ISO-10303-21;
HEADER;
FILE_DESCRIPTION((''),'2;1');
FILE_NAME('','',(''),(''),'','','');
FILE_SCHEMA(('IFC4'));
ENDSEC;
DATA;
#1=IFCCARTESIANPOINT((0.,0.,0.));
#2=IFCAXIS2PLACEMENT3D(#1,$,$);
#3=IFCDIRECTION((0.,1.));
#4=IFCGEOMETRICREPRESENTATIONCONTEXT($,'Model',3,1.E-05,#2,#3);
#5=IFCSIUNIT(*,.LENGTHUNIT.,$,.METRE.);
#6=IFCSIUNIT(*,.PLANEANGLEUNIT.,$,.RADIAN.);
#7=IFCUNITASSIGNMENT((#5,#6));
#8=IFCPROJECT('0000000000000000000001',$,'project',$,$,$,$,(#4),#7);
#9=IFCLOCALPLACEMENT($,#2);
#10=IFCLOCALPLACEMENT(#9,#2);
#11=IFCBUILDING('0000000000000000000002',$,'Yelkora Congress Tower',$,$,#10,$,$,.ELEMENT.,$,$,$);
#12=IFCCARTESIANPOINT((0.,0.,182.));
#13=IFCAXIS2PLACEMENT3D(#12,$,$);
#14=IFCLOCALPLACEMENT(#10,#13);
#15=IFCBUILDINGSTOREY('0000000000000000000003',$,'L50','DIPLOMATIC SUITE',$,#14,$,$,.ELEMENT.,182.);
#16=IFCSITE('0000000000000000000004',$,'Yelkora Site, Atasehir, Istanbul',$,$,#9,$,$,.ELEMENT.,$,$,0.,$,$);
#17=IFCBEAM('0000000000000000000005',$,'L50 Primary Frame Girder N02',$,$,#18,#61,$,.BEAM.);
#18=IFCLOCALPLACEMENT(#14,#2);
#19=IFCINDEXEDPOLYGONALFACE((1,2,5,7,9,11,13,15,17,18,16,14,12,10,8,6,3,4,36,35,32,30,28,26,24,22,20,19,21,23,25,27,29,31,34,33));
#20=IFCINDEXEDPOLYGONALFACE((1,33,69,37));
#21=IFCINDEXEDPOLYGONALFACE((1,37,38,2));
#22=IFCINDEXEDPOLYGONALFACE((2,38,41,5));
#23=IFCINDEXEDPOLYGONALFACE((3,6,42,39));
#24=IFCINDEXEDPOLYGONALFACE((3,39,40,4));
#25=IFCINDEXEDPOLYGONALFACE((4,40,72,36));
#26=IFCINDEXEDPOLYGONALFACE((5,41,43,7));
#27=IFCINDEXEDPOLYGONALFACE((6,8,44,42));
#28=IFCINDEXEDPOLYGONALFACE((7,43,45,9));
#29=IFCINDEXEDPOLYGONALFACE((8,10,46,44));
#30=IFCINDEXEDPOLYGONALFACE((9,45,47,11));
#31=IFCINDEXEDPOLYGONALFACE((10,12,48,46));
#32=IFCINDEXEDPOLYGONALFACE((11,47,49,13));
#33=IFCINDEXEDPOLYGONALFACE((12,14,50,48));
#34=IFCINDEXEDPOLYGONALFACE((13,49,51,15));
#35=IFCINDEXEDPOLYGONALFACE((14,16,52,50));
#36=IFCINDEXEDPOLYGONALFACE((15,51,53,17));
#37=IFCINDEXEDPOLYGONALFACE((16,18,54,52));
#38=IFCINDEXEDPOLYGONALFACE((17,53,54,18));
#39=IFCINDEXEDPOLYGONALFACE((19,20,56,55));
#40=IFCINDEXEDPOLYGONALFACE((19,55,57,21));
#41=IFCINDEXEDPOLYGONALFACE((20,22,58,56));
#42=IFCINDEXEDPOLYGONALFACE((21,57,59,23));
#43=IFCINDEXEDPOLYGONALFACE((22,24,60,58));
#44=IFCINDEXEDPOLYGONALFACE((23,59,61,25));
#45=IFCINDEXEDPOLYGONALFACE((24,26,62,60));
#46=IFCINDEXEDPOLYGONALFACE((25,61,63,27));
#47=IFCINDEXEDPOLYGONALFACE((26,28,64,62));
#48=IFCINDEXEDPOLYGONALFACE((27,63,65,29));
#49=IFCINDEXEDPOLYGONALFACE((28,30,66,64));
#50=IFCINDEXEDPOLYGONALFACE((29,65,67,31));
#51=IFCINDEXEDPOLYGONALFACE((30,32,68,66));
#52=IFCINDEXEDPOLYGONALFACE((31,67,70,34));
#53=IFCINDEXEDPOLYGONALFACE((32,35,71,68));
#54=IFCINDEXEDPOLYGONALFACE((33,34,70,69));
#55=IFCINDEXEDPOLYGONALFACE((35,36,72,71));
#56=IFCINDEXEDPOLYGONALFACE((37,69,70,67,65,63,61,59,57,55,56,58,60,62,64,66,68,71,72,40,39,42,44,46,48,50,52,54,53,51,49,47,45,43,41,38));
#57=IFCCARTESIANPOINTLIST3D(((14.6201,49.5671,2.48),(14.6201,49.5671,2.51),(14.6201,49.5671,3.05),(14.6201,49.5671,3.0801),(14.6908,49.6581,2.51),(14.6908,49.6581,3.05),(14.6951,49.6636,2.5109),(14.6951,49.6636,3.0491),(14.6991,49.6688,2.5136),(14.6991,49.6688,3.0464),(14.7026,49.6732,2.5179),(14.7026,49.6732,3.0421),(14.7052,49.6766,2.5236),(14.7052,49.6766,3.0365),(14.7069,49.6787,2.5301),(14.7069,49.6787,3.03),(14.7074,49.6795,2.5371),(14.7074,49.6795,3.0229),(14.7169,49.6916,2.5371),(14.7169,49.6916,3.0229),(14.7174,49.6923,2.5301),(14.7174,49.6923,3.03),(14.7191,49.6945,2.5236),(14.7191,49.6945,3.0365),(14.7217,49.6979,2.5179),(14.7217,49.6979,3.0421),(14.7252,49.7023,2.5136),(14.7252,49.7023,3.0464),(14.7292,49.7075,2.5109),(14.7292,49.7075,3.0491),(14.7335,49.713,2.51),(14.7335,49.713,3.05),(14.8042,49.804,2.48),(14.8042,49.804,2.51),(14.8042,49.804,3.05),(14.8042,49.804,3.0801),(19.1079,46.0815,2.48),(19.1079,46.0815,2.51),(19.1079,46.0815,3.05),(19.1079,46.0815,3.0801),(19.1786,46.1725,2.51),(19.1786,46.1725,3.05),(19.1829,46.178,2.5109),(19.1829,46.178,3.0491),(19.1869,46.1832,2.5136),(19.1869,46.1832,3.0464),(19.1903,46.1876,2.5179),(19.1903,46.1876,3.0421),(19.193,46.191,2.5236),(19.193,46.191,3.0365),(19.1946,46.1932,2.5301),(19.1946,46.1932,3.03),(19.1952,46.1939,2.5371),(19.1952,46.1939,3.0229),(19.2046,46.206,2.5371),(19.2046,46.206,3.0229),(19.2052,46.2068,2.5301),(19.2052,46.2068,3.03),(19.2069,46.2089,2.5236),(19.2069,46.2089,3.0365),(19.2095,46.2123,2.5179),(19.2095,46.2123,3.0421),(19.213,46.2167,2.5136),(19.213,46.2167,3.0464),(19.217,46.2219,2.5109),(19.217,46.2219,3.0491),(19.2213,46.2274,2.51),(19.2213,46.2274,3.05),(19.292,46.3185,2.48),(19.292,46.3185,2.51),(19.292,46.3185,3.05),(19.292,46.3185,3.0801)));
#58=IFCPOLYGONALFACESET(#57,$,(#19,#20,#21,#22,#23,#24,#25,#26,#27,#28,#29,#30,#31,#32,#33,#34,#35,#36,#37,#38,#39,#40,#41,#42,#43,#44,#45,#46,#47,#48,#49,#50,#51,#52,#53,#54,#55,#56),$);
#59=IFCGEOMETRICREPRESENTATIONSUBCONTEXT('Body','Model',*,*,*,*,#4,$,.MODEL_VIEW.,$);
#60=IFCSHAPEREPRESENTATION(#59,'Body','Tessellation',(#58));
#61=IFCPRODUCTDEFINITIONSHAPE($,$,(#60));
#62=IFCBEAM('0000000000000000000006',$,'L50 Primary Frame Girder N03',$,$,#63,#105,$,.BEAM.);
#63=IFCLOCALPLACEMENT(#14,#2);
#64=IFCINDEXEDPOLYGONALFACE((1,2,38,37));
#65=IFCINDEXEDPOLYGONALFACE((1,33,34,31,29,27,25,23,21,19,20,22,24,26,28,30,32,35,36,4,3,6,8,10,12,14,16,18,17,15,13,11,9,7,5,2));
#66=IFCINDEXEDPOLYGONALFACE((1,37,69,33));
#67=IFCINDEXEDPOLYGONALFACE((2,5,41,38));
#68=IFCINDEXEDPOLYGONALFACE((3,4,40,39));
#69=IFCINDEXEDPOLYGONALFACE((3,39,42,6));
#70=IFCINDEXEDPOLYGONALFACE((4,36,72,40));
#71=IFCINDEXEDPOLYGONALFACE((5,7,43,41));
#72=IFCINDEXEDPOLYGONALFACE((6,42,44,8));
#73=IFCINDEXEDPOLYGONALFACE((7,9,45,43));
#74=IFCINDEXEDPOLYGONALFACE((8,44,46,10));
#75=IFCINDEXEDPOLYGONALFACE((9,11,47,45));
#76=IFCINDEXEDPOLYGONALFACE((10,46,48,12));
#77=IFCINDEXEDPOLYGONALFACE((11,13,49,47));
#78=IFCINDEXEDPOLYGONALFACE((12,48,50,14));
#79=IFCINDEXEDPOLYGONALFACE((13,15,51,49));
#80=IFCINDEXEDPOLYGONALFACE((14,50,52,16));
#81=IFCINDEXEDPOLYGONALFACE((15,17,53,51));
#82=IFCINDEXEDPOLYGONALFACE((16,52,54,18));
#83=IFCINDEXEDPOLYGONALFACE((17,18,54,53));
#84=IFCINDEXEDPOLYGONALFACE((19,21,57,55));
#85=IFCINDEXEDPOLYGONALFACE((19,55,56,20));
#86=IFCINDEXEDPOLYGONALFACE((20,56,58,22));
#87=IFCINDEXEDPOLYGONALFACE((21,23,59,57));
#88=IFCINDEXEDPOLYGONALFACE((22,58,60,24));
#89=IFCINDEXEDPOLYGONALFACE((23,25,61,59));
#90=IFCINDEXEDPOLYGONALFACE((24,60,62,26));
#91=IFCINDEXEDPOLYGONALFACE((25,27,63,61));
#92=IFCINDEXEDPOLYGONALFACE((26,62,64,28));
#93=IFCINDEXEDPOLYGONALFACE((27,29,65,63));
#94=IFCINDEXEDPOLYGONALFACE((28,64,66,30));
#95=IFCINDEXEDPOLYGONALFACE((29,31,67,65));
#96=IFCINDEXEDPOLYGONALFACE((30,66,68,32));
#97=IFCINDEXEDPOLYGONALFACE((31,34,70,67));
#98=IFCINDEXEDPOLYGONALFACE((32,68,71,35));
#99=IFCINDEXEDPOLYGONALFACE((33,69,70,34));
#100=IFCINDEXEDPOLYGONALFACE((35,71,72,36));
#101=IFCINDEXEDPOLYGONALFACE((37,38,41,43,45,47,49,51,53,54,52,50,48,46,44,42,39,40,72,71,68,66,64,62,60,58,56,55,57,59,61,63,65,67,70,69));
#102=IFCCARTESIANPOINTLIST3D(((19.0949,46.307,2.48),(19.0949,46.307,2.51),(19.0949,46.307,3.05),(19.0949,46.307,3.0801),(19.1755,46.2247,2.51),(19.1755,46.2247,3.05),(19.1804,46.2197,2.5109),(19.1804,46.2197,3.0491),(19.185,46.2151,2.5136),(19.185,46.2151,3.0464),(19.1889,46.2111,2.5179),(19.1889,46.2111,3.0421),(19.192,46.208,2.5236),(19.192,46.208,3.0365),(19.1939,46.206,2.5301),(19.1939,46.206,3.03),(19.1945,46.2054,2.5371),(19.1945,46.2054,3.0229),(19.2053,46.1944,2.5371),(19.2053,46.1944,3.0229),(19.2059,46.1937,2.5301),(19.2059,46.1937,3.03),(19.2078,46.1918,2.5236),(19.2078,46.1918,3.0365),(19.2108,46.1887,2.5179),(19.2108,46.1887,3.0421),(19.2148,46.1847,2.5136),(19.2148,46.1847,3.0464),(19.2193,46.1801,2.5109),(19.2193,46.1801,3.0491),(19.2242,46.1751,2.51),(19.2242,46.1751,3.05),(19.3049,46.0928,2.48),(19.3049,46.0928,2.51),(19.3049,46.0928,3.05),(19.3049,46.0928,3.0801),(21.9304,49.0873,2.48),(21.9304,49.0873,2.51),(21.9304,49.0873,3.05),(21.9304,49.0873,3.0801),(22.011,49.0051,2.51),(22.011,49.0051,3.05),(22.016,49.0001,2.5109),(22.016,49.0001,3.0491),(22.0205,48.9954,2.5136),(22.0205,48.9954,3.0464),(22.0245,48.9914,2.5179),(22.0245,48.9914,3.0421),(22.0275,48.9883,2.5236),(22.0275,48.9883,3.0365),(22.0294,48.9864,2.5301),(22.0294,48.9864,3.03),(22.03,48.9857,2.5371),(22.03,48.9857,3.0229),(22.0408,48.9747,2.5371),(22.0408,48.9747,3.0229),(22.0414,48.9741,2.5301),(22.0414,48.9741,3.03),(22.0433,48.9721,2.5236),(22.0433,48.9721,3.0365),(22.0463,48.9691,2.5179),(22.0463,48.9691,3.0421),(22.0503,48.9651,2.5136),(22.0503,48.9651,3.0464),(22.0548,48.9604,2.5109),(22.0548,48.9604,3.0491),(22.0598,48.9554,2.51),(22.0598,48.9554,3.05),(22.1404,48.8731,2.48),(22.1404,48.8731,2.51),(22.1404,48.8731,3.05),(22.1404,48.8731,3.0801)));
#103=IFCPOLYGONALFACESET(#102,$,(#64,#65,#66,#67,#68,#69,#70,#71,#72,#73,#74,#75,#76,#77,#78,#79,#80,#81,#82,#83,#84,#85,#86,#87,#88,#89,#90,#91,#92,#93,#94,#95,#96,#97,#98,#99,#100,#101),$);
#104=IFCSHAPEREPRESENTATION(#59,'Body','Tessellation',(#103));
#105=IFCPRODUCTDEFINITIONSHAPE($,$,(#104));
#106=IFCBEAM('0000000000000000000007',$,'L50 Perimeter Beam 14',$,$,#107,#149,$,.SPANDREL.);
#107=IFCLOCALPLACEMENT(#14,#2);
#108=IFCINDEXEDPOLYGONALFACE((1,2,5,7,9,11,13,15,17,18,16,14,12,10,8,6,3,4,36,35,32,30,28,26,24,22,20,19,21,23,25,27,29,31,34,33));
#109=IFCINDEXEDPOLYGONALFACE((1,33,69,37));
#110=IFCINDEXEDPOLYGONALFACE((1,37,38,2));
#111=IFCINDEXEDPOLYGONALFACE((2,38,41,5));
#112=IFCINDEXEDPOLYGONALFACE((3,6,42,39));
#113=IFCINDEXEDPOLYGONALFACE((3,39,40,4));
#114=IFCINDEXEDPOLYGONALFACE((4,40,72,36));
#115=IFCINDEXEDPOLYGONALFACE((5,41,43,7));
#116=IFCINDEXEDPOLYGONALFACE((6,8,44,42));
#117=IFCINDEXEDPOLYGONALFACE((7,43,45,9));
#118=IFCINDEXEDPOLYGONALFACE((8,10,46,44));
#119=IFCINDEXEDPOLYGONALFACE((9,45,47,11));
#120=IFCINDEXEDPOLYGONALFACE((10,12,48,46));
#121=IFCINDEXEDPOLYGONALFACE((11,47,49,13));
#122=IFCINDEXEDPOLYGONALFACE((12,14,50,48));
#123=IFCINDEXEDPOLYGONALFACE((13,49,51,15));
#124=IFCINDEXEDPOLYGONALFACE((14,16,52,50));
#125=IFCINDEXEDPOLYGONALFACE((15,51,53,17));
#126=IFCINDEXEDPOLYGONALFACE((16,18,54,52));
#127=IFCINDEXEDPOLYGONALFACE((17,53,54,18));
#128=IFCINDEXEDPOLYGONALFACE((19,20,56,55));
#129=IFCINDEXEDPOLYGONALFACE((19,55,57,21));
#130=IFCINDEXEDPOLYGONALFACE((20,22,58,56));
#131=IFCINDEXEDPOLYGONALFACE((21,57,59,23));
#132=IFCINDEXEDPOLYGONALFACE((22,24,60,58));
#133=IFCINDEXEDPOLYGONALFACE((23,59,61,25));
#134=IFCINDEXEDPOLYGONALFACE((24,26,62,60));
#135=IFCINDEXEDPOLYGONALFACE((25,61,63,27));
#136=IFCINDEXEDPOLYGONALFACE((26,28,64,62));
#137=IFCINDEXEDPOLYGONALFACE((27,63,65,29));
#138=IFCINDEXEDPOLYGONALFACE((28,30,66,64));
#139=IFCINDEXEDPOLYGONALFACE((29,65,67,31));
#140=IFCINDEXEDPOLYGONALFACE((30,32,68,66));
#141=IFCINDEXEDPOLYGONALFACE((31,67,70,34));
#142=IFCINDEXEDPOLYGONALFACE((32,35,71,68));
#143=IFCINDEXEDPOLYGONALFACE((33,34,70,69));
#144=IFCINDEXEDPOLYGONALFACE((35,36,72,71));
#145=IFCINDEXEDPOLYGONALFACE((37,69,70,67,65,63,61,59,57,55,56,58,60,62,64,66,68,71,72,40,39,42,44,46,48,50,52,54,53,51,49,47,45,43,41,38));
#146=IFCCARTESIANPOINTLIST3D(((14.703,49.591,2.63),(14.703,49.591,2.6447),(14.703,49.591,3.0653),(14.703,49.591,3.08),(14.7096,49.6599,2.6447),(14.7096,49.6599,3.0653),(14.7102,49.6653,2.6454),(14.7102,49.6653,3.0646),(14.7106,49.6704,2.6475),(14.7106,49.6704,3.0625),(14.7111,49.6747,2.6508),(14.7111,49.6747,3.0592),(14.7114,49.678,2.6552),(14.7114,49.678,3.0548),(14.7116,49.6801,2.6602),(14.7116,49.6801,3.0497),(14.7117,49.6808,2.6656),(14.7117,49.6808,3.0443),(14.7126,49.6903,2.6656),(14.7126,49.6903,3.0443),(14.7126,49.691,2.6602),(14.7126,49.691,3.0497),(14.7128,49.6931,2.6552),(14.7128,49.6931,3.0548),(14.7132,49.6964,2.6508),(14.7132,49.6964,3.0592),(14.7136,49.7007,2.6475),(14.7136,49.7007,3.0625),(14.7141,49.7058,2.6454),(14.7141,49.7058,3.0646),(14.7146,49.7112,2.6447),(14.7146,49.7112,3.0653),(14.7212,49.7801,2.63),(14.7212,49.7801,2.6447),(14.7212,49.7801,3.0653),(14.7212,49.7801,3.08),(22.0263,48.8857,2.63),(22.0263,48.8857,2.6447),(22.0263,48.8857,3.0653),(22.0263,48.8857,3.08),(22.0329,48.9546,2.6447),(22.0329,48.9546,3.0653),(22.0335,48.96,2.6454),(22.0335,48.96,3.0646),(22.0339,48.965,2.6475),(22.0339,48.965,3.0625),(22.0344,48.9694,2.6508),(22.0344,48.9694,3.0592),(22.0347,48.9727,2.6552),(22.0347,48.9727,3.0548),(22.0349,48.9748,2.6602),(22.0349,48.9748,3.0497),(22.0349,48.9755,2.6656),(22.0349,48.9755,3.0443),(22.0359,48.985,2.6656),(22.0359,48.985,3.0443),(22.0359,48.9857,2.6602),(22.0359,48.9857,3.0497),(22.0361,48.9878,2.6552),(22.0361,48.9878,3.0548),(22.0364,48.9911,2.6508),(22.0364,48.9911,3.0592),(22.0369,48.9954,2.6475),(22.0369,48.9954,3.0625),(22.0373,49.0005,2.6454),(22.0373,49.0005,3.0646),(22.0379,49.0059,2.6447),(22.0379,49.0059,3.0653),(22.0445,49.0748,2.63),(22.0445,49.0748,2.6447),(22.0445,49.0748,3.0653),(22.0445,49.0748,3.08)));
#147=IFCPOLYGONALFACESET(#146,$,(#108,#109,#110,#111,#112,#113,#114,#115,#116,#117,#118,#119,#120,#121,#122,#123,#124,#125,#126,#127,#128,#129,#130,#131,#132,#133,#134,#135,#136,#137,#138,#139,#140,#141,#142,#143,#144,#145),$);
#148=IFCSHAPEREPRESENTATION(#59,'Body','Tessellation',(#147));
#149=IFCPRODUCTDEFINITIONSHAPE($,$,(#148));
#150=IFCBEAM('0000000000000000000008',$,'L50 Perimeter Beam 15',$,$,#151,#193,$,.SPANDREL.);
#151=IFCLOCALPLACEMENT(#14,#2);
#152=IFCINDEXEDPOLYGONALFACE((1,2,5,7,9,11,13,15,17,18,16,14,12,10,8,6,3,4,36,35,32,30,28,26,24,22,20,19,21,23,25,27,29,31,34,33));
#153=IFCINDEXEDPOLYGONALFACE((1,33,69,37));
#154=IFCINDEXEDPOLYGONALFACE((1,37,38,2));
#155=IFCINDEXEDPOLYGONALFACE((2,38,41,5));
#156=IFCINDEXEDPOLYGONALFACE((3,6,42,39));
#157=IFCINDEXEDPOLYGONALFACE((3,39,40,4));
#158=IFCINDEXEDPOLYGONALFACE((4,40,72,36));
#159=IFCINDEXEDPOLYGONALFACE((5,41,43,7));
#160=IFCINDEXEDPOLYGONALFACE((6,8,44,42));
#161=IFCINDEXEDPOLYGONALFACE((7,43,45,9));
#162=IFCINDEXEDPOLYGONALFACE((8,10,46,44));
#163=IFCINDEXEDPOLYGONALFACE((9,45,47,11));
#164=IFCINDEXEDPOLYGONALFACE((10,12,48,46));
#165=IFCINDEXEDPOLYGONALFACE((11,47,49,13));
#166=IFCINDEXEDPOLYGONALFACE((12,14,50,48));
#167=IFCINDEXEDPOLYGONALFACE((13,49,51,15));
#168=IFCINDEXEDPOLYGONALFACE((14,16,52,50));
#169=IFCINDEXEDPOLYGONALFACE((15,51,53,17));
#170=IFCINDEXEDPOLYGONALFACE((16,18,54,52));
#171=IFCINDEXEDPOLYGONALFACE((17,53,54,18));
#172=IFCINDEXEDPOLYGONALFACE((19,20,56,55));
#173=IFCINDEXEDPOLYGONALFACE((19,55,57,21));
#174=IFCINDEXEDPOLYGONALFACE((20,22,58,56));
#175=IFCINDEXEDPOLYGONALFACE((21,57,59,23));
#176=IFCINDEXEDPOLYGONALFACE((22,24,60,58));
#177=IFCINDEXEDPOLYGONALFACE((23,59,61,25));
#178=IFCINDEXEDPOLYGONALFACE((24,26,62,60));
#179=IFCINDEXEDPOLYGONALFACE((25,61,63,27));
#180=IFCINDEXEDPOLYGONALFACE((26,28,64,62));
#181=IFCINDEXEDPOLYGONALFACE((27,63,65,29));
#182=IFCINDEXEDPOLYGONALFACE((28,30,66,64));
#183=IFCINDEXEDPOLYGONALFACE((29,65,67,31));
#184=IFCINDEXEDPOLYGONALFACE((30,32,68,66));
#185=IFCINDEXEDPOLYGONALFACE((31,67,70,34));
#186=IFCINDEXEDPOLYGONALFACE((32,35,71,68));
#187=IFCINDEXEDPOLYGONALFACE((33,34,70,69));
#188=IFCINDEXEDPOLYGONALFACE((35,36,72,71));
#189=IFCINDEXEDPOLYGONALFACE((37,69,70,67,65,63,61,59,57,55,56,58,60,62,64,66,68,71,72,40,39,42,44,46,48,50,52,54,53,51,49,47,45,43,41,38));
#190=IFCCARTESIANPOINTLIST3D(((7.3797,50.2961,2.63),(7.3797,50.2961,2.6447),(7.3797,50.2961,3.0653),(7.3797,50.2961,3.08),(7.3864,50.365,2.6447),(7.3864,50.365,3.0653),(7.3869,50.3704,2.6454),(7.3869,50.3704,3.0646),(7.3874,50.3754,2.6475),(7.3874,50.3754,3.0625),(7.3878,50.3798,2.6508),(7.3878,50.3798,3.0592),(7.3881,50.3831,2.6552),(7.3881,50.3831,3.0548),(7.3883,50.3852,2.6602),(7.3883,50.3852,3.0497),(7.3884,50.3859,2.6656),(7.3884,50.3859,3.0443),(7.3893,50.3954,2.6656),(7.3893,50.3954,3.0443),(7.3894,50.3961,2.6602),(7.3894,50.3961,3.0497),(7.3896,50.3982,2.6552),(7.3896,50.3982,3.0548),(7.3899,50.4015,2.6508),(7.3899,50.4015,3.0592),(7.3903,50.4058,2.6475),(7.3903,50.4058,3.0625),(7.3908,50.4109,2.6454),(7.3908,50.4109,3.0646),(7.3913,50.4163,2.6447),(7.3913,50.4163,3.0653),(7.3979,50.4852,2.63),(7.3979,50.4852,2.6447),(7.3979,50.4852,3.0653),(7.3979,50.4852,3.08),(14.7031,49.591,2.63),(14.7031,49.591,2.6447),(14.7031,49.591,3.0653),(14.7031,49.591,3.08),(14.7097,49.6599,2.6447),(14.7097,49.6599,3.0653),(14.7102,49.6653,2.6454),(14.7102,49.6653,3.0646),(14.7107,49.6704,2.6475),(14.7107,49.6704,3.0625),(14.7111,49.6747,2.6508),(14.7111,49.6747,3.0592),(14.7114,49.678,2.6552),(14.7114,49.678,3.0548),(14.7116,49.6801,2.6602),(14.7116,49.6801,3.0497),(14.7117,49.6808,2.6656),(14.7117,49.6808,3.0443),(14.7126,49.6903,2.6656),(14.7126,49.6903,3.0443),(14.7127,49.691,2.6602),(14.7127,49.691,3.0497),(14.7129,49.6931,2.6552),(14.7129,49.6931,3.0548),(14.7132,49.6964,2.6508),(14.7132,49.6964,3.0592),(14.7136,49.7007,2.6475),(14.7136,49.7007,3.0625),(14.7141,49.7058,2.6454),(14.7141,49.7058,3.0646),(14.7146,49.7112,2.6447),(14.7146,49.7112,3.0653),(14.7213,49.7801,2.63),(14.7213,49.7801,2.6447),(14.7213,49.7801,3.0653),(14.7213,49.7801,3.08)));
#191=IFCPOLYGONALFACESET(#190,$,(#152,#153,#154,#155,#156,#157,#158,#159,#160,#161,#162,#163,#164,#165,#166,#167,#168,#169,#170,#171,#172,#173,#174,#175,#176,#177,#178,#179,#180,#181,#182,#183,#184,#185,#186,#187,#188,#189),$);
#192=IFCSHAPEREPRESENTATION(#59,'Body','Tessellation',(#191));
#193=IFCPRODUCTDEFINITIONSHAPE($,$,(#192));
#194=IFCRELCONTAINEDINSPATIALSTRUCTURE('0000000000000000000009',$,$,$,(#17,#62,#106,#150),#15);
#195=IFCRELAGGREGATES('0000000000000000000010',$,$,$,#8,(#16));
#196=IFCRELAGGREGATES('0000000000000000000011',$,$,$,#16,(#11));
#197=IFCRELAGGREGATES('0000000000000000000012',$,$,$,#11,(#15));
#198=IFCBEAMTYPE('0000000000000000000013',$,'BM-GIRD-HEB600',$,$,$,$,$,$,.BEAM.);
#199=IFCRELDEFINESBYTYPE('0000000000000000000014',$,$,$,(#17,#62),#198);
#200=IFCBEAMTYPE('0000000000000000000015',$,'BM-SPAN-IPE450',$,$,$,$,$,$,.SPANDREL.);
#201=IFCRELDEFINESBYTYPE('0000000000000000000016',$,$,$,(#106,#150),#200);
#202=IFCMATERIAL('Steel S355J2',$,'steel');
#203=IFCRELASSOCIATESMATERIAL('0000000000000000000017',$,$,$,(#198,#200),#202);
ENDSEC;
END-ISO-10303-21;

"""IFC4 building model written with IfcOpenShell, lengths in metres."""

from ifc_helpers import new_model, si_unit, direction, frame, origin, origin_2d, place, context, subcontext, project, spatial, i_section, extrude, material, material_profile, profile_set, type_object, element, save


model = new_model("IFC4")

# Units and contexts
model_context = context("Model", 3, precision=1e-05, world=origin(), true_north=direction((0.0, 1.0)))
body_context = subcontext(model_context, "Body", "Model", "MODEL_VIEW")
ifc_project = project(units=[si_unit("LENGTHUNIT", "METRE"), si_unit("PLANEANGLEUNIT", "RADIAN")], contexts=[model_context])

# Site, building, storey
site_placement = place(None, origin())
site = spatial("IfcSite", under=ifc_project, at=site_placement, Name="Yelkora Site, Atasehir, Istanbul", CompositionType="ELEMENT", RefElevation=0.0)
building_placement = place(site_placement, origin())
building = spatial("IfcBuilding", under=site, at=building_placement, Name="Yelkora Congress Tower", CompositionType="ELEMENT")
storey_placement = place(building_placement, frame((0.0, 0.0, 182.0)))
storey = spatial("IfcBuildingStorey", under=building, at=storey_placement, Name="L50", Description="DIPLOMATIC SUITE", CompositionType="ELEMENT", Elevation=182.0)

# Beams
ifc_material_1 = material(Name="Steel S355J2", Category="steel")
ifc_material_profile_1 = material_profile(ifc_material_1, i_section(OverallWidth=0.3, OverallDepth=0.6001, WebThickness=0.0154, FlangeThickness=0.03, FilletRadius=0.0271, at=origin_2d()), Name="HEB 600")
ifc_profile_set_1 = profile_set([ifc_material_profile_1], Name="Steel S355J2")
beam_type_1 = type_object("IfcBeamType", Name="BM-GIRD-HEB600", PredefinedType="BEAM", material=ifc_profile_set_1)
beam_1_placement = place(storey_placement, frame((14.7122, 49.6855, 2.78), z_axis=(0.789771, -0.613402, 0.0), x_axis=(0.613402, 0.789771, 0.0)))
element("IfcBeam", 1, at=beam_1_placement, inside=storey, type_object=beam_type_1, Name="L50 Primary Frame Girder N02", PredefinedType="BEAM", context=body_context, shape_type="SweptSolid", body=[
    extrude(i_section(OverallWidth=0.3, OverallDepth=0.6001, WebThickness=0.0154, FlangeThickness=0.03, FilletRadius=0.0271, at=origin_2d()), origin(), (0.0, 0.0, 1.0), 5.6824),
])
beam_2_placement = place(storey_placement, frame((22.0354, 48.9802, 2.78), z_axis=(-0.71402, -0.700126, 0.0), x_axis=(0.700126, -0.71402, 0.0)))
element("IfcBeam", 2, at=beam_2_placement, inside=storey, type_object=beam_type_1, Name="L50 Primary Frame Girder N03", PredefinedType="BEAM", context=body_context, shape_type="SweptSolid", body=[
    extrude(i_section(OverallWidth=0.3, OverallDepth=0.6001, WebThickness=0.0154, FlangeThickness=0.03, FilletRadius=0.0271, at=origin_2d()), origin(), (0.0, 0.0, 1.0), 3.9712),
])
ifc_material_profile_2 = material_profile(ifc_material_1, i_section(OverallWidth=0.1899, OverallDepth=0.45, WebThickness=0.0095, FlangeThickness=0.0146, FilletRadius=0.021, at=origin_2d()), Name="IPE 450")
ifc_profile_set_2 = profile_set([ifc_material_profile_2], Name="Steel S355J2")
beam_type_2 = type_object("IfcBeamType", Name="BM-SPAN-IPE450", PredefinedType="SPANDREL", material=ifc_profile_set_2)
for number, where, z_axis, x_axis, name in (
    (3, (22.0354, 48.9802, 2.855), (-0.995394, 0.095869, 0.0), (-0.095869, -0.995394, 0.0), "L50 Perimeter Beam 14"),
    (4, (14.7122, 49.6855, 2.855), (-0.995397, 0.095836, 0.0), (-0.095836, -0.995397, 0.0), "L50 Perimeter Beam 15"),
):
    element("IfcBeam", number, at=place(storey_placement, frame(where, z_axis=z_axis, x_axis=x_axis)), inside=storey, type_object=beam_type_2, Name=name, PredefinedType="SPANDREL", context=body_context, shape_type="SweptSolid", body=[
        extrude(i_section(OverallWidth=0.1899, OverallDepth=0.45, WebThickness=0.0095, FlangeThickness=0.0146, FilletRadius=0.021, at=origin_2d()), origin(), (0.0, 0.0, 1.0), 7.3572),
    ])

save(model, "model.ifc")
